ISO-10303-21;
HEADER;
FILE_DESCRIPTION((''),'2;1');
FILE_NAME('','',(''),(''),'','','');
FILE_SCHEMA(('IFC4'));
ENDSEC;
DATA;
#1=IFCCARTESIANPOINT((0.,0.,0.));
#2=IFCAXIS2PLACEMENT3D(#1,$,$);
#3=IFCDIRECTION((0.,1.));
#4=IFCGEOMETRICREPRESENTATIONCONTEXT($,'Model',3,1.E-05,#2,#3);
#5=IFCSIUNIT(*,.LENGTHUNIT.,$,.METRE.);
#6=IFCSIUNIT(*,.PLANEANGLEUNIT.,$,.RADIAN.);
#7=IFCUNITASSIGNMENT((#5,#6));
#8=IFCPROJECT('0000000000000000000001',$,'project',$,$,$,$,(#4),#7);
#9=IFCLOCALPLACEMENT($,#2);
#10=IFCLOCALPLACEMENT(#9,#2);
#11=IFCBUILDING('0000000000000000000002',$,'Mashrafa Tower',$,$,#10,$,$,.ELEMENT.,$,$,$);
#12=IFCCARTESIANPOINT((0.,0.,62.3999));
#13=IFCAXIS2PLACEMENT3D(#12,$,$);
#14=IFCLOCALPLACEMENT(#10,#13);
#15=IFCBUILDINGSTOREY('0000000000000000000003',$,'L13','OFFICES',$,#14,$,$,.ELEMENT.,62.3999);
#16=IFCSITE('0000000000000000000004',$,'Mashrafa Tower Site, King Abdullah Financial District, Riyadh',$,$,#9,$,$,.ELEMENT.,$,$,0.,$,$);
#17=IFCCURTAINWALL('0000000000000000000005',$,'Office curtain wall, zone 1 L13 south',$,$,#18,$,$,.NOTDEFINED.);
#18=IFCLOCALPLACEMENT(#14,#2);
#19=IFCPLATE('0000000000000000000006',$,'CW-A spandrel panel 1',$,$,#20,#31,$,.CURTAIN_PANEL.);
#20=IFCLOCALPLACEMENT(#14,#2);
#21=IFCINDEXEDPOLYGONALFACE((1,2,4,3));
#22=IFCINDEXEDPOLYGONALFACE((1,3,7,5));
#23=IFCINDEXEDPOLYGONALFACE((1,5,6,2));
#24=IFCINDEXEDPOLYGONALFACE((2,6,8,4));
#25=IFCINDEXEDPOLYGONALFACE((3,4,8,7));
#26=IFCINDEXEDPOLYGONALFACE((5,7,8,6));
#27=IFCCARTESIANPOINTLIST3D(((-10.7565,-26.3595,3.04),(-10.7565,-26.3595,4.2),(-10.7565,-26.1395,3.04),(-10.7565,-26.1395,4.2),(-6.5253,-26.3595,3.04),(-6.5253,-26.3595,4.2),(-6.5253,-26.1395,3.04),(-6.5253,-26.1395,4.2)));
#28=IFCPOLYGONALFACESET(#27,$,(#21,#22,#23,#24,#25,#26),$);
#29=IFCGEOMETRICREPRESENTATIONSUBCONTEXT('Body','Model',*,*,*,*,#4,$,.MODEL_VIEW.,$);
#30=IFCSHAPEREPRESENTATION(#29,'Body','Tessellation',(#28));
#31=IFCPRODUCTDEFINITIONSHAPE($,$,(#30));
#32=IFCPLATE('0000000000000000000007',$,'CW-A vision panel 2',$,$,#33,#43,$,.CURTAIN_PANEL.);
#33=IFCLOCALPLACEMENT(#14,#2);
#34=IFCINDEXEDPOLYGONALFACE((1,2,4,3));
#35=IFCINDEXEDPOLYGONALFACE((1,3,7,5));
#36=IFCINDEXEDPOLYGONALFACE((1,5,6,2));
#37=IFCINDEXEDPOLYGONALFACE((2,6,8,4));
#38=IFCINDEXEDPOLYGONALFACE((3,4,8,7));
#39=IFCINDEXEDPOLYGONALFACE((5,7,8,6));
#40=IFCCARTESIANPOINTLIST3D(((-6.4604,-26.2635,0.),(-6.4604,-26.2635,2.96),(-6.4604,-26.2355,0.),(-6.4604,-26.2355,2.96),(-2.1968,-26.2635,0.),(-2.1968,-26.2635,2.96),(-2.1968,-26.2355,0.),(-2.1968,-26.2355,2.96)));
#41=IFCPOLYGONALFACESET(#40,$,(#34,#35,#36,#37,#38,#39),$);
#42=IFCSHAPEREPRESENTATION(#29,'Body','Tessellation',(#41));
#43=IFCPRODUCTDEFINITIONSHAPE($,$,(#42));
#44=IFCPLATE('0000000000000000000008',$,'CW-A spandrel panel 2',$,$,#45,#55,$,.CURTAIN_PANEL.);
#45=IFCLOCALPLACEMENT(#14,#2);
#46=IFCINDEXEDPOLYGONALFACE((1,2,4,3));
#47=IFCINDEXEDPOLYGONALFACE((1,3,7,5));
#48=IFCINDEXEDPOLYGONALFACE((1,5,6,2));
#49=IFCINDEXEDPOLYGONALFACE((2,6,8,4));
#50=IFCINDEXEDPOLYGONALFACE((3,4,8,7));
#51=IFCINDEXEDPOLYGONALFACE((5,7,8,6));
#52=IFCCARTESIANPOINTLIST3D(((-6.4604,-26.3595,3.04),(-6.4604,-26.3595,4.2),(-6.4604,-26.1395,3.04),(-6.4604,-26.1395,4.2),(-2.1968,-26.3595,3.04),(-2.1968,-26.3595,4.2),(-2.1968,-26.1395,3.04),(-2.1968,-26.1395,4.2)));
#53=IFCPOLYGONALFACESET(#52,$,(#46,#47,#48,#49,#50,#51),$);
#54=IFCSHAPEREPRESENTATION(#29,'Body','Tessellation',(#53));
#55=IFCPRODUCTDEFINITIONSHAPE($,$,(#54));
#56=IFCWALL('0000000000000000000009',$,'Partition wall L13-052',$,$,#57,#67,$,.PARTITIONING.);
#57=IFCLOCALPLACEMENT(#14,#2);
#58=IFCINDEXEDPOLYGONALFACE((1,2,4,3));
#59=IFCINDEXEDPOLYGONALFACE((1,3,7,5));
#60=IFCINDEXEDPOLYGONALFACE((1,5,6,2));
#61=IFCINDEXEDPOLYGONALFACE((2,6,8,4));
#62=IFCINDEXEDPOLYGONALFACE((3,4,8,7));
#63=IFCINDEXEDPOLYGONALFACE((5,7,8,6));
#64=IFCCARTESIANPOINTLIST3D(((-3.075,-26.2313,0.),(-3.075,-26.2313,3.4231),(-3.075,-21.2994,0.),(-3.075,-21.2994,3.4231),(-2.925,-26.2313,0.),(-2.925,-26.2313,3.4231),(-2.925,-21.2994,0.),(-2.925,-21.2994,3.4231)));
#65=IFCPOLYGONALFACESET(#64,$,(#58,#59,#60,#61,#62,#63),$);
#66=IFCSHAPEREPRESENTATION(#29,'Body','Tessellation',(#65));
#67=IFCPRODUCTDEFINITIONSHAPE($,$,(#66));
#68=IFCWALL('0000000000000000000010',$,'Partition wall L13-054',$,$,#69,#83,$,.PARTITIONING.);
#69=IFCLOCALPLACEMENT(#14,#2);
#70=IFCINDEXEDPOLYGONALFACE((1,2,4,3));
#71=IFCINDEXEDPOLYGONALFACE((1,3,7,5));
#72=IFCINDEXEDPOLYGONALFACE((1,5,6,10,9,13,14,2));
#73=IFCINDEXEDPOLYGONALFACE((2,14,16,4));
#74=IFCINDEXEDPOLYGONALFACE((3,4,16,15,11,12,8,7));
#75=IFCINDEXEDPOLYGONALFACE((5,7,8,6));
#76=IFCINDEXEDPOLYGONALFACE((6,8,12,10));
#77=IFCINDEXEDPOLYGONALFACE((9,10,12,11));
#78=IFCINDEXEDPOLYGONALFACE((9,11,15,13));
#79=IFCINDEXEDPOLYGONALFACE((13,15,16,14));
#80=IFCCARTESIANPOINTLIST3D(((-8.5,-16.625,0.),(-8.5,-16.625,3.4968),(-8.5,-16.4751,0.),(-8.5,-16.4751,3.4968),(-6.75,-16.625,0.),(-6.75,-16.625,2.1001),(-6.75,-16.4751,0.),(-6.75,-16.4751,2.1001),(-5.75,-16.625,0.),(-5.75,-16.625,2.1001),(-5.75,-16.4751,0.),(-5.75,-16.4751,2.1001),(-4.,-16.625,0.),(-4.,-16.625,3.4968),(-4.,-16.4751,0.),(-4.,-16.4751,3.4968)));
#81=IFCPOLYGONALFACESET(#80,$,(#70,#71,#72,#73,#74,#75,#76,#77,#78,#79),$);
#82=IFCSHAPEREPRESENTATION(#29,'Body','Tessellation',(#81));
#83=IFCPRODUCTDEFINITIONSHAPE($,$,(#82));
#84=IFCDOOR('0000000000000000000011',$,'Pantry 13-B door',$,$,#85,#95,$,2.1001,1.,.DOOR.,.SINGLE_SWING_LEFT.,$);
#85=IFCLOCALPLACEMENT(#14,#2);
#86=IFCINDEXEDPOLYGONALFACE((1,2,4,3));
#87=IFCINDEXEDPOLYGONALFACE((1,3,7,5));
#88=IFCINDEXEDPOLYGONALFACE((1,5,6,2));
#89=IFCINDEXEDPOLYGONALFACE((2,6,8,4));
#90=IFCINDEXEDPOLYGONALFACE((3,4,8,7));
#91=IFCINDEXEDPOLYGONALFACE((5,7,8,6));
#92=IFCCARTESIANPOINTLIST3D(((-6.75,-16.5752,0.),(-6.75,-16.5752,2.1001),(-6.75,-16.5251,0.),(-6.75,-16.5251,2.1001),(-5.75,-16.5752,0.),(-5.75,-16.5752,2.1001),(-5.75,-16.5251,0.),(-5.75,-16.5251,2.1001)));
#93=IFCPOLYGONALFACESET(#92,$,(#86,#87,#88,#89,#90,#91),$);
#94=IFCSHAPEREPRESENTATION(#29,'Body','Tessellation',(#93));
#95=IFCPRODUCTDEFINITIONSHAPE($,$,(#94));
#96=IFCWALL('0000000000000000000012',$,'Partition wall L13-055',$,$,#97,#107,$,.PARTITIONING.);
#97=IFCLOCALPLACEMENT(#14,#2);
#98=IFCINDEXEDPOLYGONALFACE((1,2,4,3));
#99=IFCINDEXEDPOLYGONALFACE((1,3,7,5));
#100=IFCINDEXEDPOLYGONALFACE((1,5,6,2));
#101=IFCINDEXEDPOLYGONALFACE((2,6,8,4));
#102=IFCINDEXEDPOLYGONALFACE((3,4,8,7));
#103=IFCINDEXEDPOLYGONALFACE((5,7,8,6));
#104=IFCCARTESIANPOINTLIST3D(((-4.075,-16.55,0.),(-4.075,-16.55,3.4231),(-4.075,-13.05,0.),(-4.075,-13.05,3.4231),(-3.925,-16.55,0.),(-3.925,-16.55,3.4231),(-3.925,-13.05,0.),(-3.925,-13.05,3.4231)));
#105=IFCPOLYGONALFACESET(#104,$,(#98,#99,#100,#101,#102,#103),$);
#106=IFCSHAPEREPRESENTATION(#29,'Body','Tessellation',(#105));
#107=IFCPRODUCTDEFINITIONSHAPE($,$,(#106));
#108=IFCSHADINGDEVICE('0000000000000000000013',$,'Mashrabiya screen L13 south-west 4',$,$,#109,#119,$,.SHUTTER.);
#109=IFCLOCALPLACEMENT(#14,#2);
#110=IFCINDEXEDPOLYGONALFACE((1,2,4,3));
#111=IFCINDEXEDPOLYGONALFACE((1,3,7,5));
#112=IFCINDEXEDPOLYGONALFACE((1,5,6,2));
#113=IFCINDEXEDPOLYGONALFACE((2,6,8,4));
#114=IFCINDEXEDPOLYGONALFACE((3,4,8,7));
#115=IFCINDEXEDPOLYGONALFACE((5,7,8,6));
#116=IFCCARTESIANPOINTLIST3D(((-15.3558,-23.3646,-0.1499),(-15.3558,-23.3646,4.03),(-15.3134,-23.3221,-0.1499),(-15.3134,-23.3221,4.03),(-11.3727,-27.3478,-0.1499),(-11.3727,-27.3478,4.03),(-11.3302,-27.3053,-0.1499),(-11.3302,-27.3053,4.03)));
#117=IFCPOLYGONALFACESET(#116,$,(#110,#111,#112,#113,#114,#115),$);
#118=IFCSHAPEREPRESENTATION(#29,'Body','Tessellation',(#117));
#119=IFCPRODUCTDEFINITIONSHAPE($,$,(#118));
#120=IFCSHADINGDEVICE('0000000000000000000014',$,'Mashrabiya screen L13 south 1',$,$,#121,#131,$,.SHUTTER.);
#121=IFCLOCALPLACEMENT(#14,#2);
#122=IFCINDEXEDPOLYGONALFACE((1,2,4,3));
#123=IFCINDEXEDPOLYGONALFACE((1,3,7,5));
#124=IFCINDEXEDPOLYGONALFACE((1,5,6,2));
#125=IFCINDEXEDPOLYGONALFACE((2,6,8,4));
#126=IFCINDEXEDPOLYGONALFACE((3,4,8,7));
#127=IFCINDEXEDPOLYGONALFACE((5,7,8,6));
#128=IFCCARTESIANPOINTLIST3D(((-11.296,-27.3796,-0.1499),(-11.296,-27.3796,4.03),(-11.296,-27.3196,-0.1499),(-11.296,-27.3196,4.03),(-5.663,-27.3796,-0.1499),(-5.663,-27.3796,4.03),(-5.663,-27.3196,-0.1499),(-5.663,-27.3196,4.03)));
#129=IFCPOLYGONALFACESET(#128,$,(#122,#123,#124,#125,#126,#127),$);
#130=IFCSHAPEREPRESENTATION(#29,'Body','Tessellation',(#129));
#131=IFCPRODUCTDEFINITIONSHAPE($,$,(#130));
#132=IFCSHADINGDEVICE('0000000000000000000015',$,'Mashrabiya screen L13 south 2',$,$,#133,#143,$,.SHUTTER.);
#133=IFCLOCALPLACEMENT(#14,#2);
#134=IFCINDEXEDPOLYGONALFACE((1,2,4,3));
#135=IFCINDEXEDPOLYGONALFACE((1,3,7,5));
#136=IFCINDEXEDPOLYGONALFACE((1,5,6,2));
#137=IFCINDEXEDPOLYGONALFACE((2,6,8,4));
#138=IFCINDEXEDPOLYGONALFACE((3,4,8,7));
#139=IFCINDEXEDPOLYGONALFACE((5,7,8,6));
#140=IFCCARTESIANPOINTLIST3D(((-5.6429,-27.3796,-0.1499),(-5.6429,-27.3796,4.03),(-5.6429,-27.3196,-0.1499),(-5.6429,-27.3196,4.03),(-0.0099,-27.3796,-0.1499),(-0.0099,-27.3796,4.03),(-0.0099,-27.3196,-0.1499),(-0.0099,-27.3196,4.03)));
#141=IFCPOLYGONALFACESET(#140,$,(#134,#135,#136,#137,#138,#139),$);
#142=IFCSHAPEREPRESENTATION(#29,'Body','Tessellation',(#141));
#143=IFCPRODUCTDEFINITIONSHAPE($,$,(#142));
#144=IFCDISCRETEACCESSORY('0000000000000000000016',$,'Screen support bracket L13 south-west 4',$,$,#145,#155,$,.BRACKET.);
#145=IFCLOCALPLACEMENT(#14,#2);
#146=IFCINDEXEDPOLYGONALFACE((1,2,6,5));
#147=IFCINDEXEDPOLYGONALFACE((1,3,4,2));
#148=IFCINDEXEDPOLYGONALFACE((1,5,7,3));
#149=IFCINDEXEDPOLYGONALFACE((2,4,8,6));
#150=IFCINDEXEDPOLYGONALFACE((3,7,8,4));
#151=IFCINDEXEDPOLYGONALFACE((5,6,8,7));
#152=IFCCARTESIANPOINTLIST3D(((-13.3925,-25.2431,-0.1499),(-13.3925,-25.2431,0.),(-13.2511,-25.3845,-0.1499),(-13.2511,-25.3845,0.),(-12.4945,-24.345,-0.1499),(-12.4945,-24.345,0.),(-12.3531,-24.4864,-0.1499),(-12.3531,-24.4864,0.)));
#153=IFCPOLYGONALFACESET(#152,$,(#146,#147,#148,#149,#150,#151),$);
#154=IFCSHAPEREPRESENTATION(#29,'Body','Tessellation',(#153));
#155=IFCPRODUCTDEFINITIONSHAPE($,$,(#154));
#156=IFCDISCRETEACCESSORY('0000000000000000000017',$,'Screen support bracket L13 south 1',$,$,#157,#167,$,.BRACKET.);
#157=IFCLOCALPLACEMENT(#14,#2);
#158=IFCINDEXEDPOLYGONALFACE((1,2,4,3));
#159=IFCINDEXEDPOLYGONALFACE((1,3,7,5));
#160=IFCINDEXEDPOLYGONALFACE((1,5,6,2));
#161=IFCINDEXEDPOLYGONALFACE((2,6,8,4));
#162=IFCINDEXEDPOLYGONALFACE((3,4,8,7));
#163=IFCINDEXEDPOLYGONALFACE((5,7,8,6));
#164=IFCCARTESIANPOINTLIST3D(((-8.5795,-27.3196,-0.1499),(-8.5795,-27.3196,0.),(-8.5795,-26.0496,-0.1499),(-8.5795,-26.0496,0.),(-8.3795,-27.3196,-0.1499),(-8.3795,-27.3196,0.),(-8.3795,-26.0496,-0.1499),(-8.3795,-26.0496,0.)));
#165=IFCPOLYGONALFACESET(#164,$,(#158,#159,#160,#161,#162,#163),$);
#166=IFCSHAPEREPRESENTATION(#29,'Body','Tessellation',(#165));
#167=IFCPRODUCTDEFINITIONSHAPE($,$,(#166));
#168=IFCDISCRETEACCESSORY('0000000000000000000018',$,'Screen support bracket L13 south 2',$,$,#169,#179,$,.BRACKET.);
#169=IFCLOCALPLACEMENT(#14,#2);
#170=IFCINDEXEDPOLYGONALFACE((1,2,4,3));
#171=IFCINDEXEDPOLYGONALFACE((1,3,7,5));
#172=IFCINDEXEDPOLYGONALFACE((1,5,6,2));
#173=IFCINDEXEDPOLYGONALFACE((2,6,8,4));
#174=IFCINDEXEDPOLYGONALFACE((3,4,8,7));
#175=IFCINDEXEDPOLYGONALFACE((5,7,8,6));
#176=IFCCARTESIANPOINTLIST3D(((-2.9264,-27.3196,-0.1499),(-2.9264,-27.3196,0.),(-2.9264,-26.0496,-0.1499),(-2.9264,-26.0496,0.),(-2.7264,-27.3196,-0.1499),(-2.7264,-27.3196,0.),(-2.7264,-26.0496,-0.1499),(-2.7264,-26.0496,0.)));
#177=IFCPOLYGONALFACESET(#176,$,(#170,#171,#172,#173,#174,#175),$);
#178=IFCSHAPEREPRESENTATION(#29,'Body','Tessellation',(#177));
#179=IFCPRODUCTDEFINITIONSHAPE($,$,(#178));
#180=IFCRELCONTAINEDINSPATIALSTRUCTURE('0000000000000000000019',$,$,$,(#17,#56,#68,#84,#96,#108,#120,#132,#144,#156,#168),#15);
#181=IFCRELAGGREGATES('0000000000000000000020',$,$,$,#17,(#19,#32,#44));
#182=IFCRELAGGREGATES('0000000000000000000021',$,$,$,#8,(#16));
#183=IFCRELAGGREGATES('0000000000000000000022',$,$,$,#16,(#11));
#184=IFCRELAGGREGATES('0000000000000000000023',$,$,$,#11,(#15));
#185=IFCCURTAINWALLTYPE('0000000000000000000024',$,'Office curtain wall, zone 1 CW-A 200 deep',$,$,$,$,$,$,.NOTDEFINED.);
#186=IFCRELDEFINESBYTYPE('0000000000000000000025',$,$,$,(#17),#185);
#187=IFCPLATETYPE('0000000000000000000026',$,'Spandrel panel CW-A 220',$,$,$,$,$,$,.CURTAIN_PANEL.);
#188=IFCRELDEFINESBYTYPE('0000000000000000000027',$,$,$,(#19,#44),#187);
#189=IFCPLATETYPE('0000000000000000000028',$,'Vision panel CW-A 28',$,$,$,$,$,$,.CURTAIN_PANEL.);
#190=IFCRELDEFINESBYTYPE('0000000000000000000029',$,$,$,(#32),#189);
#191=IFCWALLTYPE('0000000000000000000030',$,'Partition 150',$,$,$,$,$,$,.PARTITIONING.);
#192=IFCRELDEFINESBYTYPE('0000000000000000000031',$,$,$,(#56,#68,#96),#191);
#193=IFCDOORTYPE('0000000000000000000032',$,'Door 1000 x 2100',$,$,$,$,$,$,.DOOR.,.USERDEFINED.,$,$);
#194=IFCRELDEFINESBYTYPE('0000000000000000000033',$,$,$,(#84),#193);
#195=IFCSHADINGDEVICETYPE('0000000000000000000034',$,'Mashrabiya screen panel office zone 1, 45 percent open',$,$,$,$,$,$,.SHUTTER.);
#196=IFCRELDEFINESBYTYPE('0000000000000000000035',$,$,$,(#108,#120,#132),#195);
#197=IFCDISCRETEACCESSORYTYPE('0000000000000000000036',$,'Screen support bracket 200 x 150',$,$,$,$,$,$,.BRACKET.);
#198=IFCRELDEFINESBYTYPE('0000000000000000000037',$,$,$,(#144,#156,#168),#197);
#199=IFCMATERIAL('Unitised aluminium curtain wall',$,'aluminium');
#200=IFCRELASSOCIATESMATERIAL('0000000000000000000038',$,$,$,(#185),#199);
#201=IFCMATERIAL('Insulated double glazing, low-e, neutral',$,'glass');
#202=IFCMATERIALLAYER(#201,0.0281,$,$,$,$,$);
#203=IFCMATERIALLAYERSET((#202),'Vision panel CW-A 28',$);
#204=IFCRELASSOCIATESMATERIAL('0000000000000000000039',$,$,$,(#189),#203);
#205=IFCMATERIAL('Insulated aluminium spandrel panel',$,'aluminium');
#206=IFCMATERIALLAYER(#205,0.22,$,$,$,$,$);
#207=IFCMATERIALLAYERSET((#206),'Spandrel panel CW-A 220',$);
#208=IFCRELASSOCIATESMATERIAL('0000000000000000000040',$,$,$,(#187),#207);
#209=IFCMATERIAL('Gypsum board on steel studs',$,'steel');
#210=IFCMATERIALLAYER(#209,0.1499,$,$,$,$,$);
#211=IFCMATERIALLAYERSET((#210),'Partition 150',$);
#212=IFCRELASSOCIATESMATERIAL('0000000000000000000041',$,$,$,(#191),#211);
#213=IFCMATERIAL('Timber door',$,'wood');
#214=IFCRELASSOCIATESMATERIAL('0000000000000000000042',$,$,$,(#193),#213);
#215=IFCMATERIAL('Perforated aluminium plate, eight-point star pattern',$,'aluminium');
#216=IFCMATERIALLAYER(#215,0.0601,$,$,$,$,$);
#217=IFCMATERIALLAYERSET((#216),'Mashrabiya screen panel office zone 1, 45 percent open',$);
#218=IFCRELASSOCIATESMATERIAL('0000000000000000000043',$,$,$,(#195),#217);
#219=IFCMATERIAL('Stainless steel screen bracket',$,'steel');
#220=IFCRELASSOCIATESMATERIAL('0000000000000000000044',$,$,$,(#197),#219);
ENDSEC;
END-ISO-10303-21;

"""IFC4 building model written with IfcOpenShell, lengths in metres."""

from ifc_helpers import new_model, si_unit, direction, frame, frame_2d, origin, origin_2d, place, context, subcontext, project, spatial, rectangle, extrude, source, transform, mapped, material, layer, layer_set, type_object, type_shapes, element, fill, aggregate, save


model = new_model("IFC4")

# Units and contexts
model_context = context("Model", 3, precision=1e-05, world=origin(), true_north=direction((0.0, 1.0)))
body_context = subcontext(model_context, "Body", "Model", "MODEL_VIEW")
ifc_project = project(units=[si_unit("LENGTHUNIT", "METRE"), si_unit("PLANEANGLEUNIT", "RADIAN")], contexts=[model_context])

# Site, building, storey
site_placement = place(None, origin())
site = spatial("IfcSite", under=ifc_project, at=site_placement, Name="Mashrafa Tower Site, King Abdullah Financial District, Riyadh", CompositionType="ELEMENT", RefElevation=0.0)
building_placement = place(site_placement, origin())
building = spatial("IfcBuilding", under=site, at=building_placement, Name="Mashrafa Tower", CompositionType="ELEMENT")
storey_placement = place(building_placement, frame((0.0, 0.0, 62.3999)))
storey = spatial("IfcBuildingStorey", under=building, at=storey_placement, Name="L13", Description="OFFICES", CompositionType="ELEMENT", Elevation=62.3999)

# Shared definitions
ifc_material_1 = material(Name="Unitised aluminium curtain wall", Category="aluminium")
curtain_wall_type = type_object("IfcCurtainWallType", Name="Office curtain wall, zone 1 CW-A 200 deep", PredefinedType="NOTDEFINED", material=ifc_material_1)

# Curtain wall
curtain_wall_1_placement = place(storey_placement, origin())
curtain_wall_1 = element("IfcCurtainWall", 1, at=curtain_wall_1_placement, inside=storey, type_object=curtain_wall_type, Name="Office curtain wall, zone 1 L13 south", PredefinedType="NOTDEFINED")

# Plates
ifc_material_2 = material(Name="Insulated double glazing, low-e, neutral", Category="glass")
ifc_layer_1 = layer(ifc_material_2, 0.0281)
ifc_layer_set_1 = layer_set([ifc_layer_1], Name="Vision panel CW-A 28")
plate_type_1 = type_object("IfcPlateType", Name="Vision panel CW-A 28", PredefinedType="CURTAIN_PANEL", material=ifc_layer_set_1)
ifc_material_3 = material(Name="Insulated aluminium spandrel panel", Category="aluminium")
ifc_layer_2 = layer(ifc_material_3, 0.22)
ifc_layer_set_2 = layer_set([ifc_layer_2], Name="Spandrel panel CW-A 220")
plate_type_2 = type_object("IfcPlateType", Name="Spandrel panel CW-A 220", PredefinedType="CURTAIN_PANEL", material=ifc_layer_set_2)
shared_shape_1 = source(origin(), body_context, "Body", "SweptSolid", [
    extrude(rectangle(XDim=4.2312, YDim=0.22, at=origin_2d()), origin(), (0.0, 0.0, 1.0), 1.1599),
])
plate_1_placement = place(storey_placement, frame((-8.6409, -26.2495, 3.04), z_axis=(0.0, 0.0, 1.0), x_axis=(1.0, 0.0, 0.0)))
plate_1 = element("IfcPlate", 2, at=plate_1_placement, type_object=plate_type_2, Name="CW-A spandrel panel 1", PredefinedType="CURTAIN_PANEL", context=body_context, shape_type="MappedRepresentation", body=[
    mapped(shared_shape_1, transform((0.0, 0.0, 0.0))),
])
shared_shape_2 = source(origin(), body_context, "Body", "SweptSolid", [
    extrude(rectangle(XDim=4.2637, YDim=0.0281, at=origin_2d()), origin(), (0.0, 0.0, 1.0), 2.96),
])
plate_2_placement = place(storey_placement, frame((-4.3286, -26.2495, 0.0), z_axis=(0.0, 0.0, 1.0), x_axis=(1.0, 0.0, 0.0)))
plate_2 = element("IfcPlate", 3, at=plate_2_placement, type_object=plate_type_1, Name="CW-A vision panel 2", PredefinedType="CURTAIN_PANEL", context=body_context, shape_type="MappedRepresentation", body=[
    mapped(shared_shape_2, transform((0.0, 0.0, 0.0))),
])
shared_shape_3 = source(origin(), body_context, "Body", "SweptSolid", [
    extrude(rectangle(XDim=4.2637, YDim=0.22, at=origin_2d()), origin(), (0.0, 0.0, 1.0), 1.1599),
])
type_shapes(plate_type_2, [shared_shape_1, shared_shape_3])
plate_3_placement = place(storey_placement, frame((-4.3286, -26.2495, 3.04), z_axis=(0.0, 0.0, 1.0), x_axis=(1.0, 0.0, 0.0)))
plate_3 = element("IfcPlate", 4, at=plate_3_placement, type_object=plate_type_2, Name="CW-A spandrel panel 2", PredefinedType="CURTAIN_PANEL", context=body_context, shape_type="MappedRepresentation", body=[
    mapped(shared_shape_3, transform((0.0, 0.0, 0.0))),
])
aggregate(curtain_wall_1, [plate_1, plate_2, plate_3])

# Wall
ifc_material_4 = material(Name="Gypsum board on steel studs", Category="steel")
ifc_layer_3 = layer(ifc_material_4, 0.1499)
ifc_layer_set_3 = layer_set([ifc_layer_3], Name="Partition 150")
wall_type = type_object("IfcWallType", Name="Partition 150", PredefinedType="PARTITIONING", material=ifc_layer_set_3)
wall_1_placement = place(storey_placement, frame((-3.0, -21.2996, 0.0), z_axis=(0.0, 0.0, 1.0), x_axis=(0.0, -1.0, 0.0)))
element("IfcWall", 5, at=wall_1_placement, inside=storey, type_object=wall_type, Name="Partition wall L13-052", PredefinedType="PARTITIONING", context=body_context, shape_type="SweptSolid", body=[
    extrude(rectangle(XDim=4.9319, YDim=0.1499, at=frame_2d((2.4658, 0.0))), origin(), (0.0, 0.0, 1.0), 3.4231),
])

# Wall, opening, door
wall_2_placement = place(storey_placement, frame((-8.5, -16.55, 0.0), z_axis=(0.0, 0.0, 1.0), x_axis=(1.0, 0.0, 0.0)))
wall_2 = element("IfcWall", 6, at=wall_2_placement, inside=storey, type_object=wall_type, Name="Partition wall L13-054", PredefinedType="PARTITIONING", context=body_context, shape_type="SweptSolid", body=[
    extrude(rectangle(XDim=4.5, YDim=0.1499, at=frame_2d((2.25, 0.0))), origin(), (0.0, 0.0, 1.0), 3.4968),
])
opening_placement = place(wall_2_placement, frame((1.75, 0.0, 0.0)))
opening = element("IfcOpeningElement", 7, at=opening_placement, cuts=wall_2, PredefinedType="OPENING", context=body_context, shape_type="SweptSolid", body=[
    extrude(rectangle(XDim=1.0, YDim=2.1001, at=frame_2d((0.5, 1.05))), frame((0.0, 0.085, 0.0), z_axis=(0.0, -1.0, 0.0), x_axis=(1.0, 0.0, 0.0)), (0.0, 0.0, 1.0), 0.1699),
])
ifc_material_5 = material(Name="Timber door", Category="wood")
door_type = type_object("IfcDoorType", Name="Door 1000 x 2100", OperationType="USERDEFINED", PredefinedType="DOOR", material=ifc_material_5)
door_placement = place(opening_placement, origin())
door = element("IfcDoor", 8, at=door_placement, inside=storey, type_object=door_type, Name="Pantry 13-B door", OperationType="SINGLE_SWING_LEFT", OverallHeight=2.1001, OverallWidth=1.0, PredefinedType="DOOR", context=body_context, shape_type="SweptSolid", body=[
    extrude(rectangle(XDim=1.0, YDim=2.1001, at=frame_2d((0.5, 1.05))), frame((0.0, 0.0249, 0.0), z_axis=(0.0, -1.0, 0.0), x_axis=(1.0, 0.0, 0.0)), (0.0, 0.0, 1.0), 0.05),
])
fill(opening, door)

# Wall
wall_3_placement = place(storey_placement, frame((-4.0, -16.55, 0.0), z_axis=(0.0, 0.0, 1.0), x_axis=(0.0, 1.0, 0.0)))
element("IfcWall", 9, at=wall_3_placement, inside=storey, type_object=wall_type, Name="Partition wall L13-055", PredefinedType="PARTITIONING", context=body_context, shape_type="SweptSolid", body=[
    extrude(rectangle(XDim=3.5, YDim=0.1499, at=frame_2d((1.75, 0.0))), origin(), (0.0, 0.0, 1.0), 3.4231),
])

# Shading devices
ifc_material_6 = material(Name="Perforated aluminium plate, eight-point star pattern", Category="aluminium")
ifc_layer_4 = layer(ifc_material_6, 0.0601)
ifc_layer_set_4 = layer_set([ifc_layer_4], Name="Mashrabiya screen panel office zone 1, 45 percent open")
shading_device_type = type_object("IfcShadingDeviceType", Name="Mashrabiya screen panel office zone 1, 45 percent open", PredefinedType="SHUTTER", material=ifc_layer_set_4)
shared_shape_4 = source(origin(), body_context, "Body", "SweptSolid", [
    extrude(rectangle(XDim=5.6331, YDim=0.0601, at=origin_2d()), origin(), (0.0, 0.0, 1.0), 4.1799),
])
type_shapes(shading_device_type, [shared_shape_4])
for number, where, z_axis, x_axis, name in (
    (10, (-13.343, -25.335, -0.1499), (0.0, 0.0, 1.0), (0.707107, -0.707107, 0.0), "Mashrabiya screen L13 south-west 4"),
    (11, (-8.4795, -27.3496, -0.1499), (0.0, 0.0, 1.0), (1.0, 0.0, 0.0), "Mashrabiya screen L13 south 1"),
    (12, (-2.8264, -27.3496, -0.1499), (0.0, 0.0, 1.0), (1.0, 0.0, 0.0), "Mashrabiya screen L13 south 2"),
):
    element("IfcShadingDevice", number, at=place(storey_placement, frame(where, z_axis=z_axis, x_axis=x_axis)), inside=storey, type_object=shading_device_type, Name=name, PredefinedType="SHUTTER", context=body_context, shape_type="MappedRepresentation", body=[
        mapped(shared_shape_4, transform((0.0, 0.0, 0.0))),
    ])

# Discrete accessories
ifc_material_7 = material(Name="Stainless steel screen bracket", Category="steel")
discrete_accessory_type = type_object("IfcDiscreteAccessoryType", Name="Screen support bracket 200 x 150", PredefinedType="BRACKET", material=ifc_material_7)
shared_shape_5 = source(origin(), body_context, "Body", "SweptSolid", [
    extrude(rectangle(XDim=0.2, YDim=1.27, at=origin_2d()), origin(), (0.0, 0.0, 1.0), 0.1499),
])
type_shapes(discrete_accessory_type, [shared_shape_5])
for number, where, z_axis, x_axis, name in (
    (13, (-12.8728, -24.8647, -0.1499), (0.0, 0.0, 1.0), (0.707107, -0.707107, 0.0), "Screen support bracket L13 south-west 4"),
    (14, (-8.4795, -26.6846, -0.1499), (0.0, 0.0, 1.0), (1.0, 0.0, 0.0), "Screen support bracket L13 south 1"),
    (15, (-2.8264, -26.6846, -0.1499), (0.0, 0.0, 1.0), (1.0, 0.0, 0.0), "Screen support bracket L13 south 2"),
):
    element("IfcDiscreteAccessory", number, at=place(storey_placement, frame(where, z_axis=z_axis, x_axis=x_axis)), inside=storey, type_object=discrete_accessory_type, Name=name, PredefinedType="BRACKET", context=body_context, shape_type="MappedRepresentation", body=[
        mapped(shared_shape_5, transform((0.0, 0.0, 0.0))),
    ])

save(model, "model.ifc")
